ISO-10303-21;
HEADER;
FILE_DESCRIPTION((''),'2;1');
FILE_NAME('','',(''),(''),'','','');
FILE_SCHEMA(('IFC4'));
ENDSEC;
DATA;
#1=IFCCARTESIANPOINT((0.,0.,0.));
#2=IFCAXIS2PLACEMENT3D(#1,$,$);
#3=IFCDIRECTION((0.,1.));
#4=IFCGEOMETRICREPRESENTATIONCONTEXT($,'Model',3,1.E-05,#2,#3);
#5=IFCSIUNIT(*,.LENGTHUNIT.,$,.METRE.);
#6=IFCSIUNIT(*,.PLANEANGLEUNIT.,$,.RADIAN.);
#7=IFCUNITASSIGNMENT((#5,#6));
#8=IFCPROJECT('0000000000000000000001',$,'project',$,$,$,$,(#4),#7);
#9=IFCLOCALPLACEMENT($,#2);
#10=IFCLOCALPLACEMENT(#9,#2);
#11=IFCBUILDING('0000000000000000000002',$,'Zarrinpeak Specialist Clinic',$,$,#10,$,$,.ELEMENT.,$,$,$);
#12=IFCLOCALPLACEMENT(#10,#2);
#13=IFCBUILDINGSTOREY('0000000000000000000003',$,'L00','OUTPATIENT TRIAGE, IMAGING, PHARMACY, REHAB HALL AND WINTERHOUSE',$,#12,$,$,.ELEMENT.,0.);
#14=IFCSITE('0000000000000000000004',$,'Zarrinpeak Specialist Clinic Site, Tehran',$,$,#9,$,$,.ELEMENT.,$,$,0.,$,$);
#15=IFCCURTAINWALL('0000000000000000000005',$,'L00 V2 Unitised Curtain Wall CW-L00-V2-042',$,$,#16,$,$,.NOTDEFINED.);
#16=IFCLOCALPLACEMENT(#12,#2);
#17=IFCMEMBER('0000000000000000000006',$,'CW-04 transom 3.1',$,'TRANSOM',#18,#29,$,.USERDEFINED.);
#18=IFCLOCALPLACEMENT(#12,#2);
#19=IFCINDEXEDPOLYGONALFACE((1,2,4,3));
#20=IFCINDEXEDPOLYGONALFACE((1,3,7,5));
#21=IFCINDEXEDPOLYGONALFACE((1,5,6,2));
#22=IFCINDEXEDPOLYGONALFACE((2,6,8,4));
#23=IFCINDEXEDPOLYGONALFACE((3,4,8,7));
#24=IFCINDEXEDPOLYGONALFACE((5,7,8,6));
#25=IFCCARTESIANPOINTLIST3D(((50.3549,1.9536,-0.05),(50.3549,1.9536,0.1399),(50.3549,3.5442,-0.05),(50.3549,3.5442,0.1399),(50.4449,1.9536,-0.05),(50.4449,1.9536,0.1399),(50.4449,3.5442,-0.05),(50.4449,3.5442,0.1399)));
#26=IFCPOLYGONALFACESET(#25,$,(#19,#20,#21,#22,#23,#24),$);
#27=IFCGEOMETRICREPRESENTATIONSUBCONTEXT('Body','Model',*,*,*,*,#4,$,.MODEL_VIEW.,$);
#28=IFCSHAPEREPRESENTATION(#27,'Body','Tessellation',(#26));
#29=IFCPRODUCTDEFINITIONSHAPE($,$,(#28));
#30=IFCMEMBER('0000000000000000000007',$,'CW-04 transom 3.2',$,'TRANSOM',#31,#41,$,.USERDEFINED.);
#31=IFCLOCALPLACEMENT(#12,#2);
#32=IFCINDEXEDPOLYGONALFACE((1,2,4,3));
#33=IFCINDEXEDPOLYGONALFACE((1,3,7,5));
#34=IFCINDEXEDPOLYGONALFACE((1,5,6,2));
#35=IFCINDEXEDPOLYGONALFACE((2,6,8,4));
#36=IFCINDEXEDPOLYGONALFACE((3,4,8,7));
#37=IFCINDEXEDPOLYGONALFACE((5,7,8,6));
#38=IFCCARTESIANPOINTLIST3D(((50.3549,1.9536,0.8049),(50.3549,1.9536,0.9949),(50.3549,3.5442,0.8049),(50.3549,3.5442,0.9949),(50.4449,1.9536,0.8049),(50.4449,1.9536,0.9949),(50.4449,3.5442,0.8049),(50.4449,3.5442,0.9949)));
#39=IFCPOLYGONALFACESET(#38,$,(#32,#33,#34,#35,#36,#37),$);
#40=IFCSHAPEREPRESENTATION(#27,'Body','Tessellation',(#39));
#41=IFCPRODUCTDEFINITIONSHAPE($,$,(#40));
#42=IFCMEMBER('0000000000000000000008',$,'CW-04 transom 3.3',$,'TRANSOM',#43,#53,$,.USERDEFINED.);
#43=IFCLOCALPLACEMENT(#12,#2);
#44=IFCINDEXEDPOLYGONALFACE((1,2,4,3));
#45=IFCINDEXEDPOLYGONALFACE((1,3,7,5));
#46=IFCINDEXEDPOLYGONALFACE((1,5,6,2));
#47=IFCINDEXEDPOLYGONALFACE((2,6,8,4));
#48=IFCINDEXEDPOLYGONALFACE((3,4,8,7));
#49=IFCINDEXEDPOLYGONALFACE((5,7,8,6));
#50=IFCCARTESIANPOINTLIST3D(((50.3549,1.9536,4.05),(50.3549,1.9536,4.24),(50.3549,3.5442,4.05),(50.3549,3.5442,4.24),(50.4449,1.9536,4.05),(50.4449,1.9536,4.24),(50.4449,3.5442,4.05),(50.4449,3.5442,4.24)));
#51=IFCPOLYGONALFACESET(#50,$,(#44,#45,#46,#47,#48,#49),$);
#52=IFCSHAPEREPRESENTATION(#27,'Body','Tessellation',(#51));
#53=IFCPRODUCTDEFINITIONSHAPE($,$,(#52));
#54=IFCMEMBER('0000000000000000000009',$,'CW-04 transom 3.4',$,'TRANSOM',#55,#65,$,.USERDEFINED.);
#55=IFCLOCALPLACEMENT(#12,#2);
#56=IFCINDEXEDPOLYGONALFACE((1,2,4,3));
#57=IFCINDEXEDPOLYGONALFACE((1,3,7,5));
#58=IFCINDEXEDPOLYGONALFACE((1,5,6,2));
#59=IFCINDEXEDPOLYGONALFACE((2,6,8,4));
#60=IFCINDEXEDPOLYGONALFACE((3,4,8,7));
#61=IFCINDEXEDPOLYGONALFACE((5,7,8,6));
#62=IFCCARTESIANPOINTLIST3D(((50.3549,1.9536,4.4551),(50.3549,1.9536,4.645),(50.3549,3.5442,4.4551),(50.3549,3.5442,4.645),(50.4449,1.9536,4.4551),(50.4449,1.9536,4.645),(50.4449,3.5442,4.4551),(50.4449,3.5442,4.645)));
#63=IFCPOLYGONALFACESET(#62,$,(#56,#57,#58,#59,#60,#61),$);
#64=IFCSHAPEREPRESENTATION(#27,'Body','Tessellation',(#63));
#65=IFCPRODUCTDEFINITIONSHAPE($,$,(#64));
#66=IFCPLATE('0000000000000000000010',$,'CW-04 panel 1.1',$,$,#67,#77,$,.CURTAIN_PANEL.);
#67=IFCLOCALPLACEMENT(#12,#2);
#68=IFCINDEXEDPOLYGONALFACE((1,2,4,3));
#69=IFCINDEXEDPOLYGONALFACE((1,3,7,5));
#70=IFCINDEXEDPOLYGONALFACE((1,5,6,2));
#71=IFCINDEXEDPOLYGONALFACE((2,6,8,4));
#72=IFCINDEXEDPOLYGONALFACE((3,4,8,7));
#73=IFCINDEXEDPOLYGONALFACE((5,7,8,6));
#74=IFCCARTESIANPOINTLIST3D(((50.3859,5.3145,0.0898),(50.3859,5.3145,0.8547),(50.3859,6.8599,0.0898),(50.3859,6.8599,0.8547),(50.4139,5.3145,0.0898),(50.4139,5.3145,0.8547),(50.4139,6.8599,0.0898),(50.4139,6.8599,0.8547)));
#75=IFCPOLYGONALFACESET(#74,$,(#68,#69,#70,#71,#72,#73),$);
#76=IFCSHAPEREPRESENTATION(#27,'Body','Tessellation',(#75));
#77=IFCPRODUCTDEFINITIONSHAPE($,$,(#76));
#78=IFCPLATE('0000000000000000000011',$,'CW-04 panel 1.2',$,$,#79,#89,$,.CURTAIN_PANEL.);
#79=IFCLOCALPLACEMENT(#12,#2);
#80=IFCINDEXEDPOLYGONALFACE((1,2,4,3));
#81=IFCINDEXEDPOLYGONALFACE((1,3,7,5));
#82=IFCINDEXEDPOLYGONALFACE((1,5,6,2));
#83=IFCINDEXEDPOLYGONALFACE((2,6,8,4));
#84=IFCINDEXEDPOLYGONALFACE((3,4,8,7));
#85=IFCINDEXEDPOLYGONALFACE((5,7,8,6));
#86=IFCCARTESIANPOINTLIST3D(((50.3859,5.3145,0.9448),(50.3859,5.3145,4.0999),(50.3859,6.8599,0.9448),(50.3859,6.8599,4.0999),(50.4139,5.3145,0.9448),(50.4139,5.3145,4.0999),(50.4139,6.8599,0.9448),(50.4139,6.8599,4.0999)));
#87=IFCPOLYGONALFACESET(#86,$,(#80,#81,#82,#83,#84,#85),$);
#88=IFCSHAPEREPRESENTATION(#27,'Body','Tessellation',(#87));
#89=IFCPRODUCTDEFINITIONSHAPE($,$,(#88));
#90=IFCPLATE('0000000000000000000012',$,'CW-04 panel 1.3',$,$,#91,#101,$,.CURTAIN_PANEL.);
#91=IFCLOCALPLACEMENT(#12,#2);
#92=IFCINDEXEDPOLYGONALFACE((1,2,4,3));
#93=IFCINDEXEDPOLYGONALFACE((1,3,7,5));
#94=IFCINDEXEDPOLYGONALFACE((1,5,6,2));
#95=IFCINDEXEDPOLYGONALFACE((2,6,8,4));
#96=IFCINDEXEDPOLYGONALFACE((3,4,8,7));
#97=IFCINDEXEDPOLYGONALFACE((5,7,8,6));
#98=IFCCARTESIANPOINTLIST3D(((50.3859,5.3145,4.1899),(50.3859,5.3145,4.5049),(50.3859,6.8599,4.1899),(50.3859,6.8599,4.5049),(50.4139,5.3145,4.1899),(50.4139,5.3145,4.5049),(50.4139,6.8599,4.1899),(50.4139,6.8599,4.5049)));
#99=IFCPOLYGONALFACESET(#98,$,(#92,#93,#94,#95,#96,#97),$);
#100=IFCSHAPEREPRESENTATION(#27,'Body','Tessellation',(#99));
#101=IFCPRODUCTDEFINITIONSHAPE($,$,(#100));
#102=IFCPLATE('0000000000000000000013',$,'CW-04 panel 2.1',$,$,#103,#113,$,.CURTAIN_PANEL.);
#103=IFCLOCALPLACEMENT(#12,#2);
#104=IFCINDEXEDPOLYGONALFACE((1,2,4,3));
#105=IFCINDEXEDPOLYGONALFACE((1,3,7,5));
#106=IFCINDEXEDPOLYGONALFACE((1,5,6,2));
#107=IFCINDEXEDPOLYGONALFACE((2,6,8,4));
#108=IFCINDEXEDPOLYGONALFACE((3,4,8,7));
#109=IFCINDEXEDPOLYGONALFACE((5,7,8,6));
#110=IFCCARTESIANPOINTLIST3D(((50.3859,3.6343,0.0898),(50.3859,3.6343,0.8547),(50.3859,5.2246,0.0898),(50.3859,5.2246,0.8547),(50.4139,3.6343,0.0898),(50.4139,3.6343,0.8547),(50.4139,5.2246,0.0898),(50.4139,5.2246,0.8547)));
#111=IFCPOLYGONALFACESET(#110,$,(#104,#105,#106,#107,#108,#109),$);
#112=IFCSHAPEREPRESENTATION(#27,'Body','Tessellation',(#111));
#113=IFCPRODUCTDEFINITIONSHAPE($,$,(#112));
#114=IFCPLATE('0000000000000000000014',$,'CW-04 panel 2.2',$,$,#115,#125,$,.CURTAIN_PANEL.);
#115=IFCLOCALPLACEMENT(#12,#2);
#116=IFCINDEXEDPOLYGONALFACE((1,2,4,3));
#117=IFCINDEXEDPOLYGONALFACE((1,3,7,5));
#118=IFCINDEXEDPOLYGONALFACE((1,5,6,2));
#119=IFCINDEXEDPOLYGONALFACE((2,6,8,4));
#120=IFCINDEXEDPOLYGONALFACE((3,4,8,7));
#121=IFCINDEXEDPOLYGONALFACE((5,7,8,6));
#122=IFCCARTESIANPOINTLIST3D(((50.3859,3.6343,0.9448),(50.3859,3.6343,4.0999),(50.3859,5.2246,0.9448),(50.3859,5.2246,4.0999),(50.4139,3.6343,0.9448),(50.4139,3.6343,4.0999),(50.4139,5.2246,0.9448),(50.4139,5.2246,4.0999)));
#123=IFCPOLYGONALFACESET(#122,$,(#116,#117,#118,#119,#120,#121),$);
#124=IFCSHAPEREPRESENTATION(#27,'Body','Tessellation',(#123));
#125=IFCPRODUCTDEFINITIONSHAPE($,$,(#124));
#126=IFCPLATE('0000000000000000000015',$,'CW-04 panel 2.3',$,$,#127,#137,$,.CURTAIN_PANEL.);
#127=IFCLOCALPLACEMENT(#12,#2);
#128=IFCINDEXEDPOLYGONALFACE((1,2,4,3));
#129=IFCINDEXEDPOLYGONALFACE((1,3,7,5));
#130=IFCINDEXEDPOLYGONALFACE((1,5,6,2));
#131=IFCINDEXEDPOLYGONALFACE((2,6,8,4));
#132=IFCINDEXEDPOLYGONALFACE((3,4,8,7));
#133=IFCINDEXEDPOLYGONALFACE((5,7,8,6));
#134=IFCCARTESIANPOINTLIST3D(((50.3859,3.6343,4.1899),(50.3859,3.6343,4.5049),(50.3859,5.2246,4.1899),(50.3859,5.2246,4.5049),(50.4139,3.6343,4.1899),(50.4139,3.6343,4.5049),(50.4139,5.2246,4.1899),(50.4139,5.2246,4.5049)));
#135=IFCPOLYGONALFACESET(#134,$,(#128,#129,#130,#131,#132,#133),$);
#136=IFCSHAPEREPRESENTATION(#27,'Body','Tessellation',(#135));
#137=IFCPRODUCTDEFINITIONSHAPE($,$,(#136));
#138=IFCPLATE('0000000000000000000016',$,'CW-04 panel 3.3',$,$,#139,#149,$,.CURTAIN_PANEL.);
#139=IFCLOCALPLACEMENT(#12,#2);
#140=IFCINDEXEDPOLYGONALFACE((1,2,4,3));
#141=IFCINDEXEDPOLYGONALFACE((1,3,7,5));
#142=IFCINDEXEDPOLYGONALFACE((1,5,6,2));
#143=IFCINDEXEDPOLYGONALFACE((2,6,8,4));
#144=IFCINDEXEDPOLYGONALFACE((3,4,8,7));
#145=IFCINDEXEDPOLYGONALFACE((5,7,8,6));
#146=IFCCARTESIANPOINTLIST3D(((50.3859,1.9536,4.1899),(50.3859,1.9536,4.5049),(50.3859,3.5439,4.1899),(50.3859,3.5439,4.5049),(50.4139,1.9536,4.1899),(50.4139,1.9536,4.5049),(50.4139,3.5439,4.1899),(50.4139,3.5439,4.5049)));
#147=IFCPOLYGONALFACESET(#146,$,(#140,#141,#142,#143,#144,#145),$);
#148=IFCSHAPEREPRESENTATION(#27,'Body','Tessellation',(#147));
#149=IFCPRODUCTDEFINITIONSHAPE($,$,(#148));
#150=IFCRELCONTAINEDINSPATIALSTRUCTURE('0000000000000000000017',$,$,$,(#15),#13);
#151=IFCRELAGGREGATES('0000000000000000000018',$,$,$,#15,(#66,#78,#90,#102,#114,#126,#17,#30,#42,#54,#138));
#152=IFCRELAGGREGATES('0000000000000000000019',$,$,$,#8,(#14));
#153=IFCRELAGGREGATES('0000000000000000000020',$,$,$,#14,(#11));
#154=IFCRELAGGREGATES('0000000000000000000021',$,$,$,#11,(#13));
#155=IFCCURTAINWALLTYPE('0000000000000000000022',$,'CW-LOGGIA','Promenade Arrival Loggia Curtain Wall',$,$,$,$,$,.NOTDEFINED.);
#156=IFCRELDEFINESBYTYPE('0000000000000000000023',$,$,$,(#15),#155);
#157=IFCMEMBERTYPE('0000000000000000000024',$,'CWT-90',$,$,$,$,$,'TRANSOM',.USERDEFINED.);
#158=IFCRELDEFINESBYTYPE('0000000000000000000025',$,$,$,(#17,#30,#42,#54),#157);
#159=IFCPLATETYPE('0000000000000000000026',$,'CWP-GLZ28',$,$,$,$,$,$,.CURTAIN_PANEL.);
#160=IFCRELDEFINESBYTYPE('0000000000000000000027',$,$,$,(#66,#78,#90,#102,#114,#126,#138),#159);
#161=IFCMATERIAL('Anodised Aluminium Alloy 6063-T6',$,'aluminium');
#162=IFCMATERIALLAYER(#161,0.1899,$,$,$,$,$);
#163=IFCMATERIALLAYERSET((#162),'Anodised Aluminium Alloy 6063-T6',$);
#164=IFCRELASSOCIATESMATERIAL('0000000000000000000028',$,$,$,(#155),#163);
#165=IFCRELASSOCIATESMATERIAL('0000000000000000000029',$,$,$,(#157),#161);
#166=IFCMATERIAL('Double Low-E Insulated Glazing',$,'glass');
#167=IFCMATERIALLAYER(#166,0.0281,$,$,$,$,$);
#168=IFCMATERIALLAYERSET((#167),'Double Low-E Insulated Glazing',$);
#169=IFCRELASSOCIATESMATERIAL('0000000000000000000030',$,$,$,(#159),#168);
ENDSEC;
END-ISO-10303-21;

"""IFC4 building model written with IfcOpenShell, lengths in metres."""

from ifc_helpers import new_model, si_unit, direction, frame, origin, origin_2d, place, context, subcontext, project, spatial, rectangle, extrude, material, layer, layer_set, material_profile, profile_set, type_object, element, aggregate, save


model = new_model("IFC4")

# Units and contexts
model_context = context("Model", 3, precision=1e-05, world=origin(), true_north=direction((0.0, 1.0)))
body_context = subcontext(model_context, "Body", "Model", "MODEL_VIEW")
ifc_project = project(units=[si_unit("LENGTHUNIT", "METRE"), si_unit("PLANEANGLEUNIT", "RADIAN")], contexts=[model_context])

# Site, building, storey
site_placement = place(None, origin())
site = spatial("IfcSite", under=ifc_project, at=site_placement, Name="Zarrinpeak Specialist Clinic Site, Tehran", CompositionType="ELEMENT", RefElevation=0.0)
building_placement = place(site_placement, origin())
building = spatial("IfcBuilding", under=site, at=building_placement, Name="Zarrinpeak Specialist Clinic", CompositionType="ELEMENT")
storey_placement = place(building_placement, origin())
storey = spatial("IfcBuildingStorey", under=building, at=storey_placement, Name="L00", Description="OUTPATIENT TRIAGE, IMAGING, PHARMACY, REHAB HALL AND WINTERHOUSE", CompositionType="ELEMENT", Elevation=0.0)

# Curtain wall, members, plates
ifc_material_1 = material(Name="Anodised Aluminium Alloy 6063-T6", Category="aluminium")
ifc_layer_1 = layer(ifc_material_1, 0.1899)
ifc_layer_set_1 = layer_set([ifc_layer_1], Name="Anodised Aluminium Alloy 6063-T6")
curtain_wall_type = type_object("IfcCurtainWallType", Name="CW-LOGGIA", Description="Promenade Arrival Loggia Curtain Wall", PredefinedType="NOTDEFINED", material=ifc_layer_set_1)
curtain_wall_placement = place(storey_placement, origin())
curtain_wall = element("IfcCurtainWall", 1, at=curtain_wall_placement, inside=storey, type_object=curtain_wall_type, Name="L00 V2 Unitised Curtain Wall CW-L00-V2-042", PredefinedType="NOTDEFINED")
ifc_material_profile_1 = material_profile(ifc_material_1, rectangle(XDim=0.0901, YDim=0.1899, at=origin_2d()), Name="ALU 90x190")
ifc_profile_set_1 = profile_set([ifc_material_profile_1], Name="Anodised Aluminium Alloy 6063-T6")
member_type_1 = type_object("IfcMemberType", Name="CWT-90", ElementType="TRANSOM", PredefinedType="USERDEFINED", material=ifc_profile_set_1)
member_1_placement = place(storey_placement, frame((50.3999, 3.5442, 0.0449), z_axis=(0.0, -1.0, 0.0), x_axis=(1.0, 0.0, 0.0)))
member_1 = element("IfcMember", 2, at=member_1_placement, type_object=member_type_1, Name="CW-04 transom 3.1", ObjectType="TRANSOM", PredefinedType="USERDEFINED", context=body_context, shape_type="SweptSolid", body=[
    extrude(rectangle(XDim=0.0901, YDim=0.1899, at=origin_2d()), origin(), (0.0, 0.0, 1.0), 1.5906),
])
member_2_placement = place(storey_placement, frame((50.3999, 3.5442, 0.8999), z_axis=(0.0, -1.0, 0.0), x_axis=(1.0, 0.0, 0.0)))
member_2 = element("IfcMember", 3, at=member_2_placement, type_object=member_type_1, Name="CW-04 transom 3.2", ObjectType="TRANSOM", PredefinedType="USERDEFINED", context=body_context, shape_type="SweptSolid", body=[
    extrude(rectangle(XDim=0.0901, YDim=0.1899, at=origin_2d()), origin(), (0.0, 0.0, 1.0), 1.5906),
])
member_3_placement = place(storey_placement, frame((50.3999, 3.5442, 4.145), z_axis=(0.0, -1.0, 0.0), x_axis=(1.0, 0.0, 0.0)))
member_3 = element("IfcMember", 4, at=member_3_placement, type_object=member_type_1, Name="CW-04 transom 3.3", ObjectType="TRANSOM", PredefinedType="USERDEFINED", context=body_context, shape_type="SweptSolid", body=[
    extrude(rectangle(XDim=0.0901, YDim=0.1899, at=origin_2d()), origin(), (0.0, 0.0, 1.0), 1.5906),
])
member_4_placement = place(storey_placement, frame((50.3999, 3.5442, 4.55), z_axis=(0.0, -1.0, 0.0), x_axis=(1.0, 0.0, 0.0)))
member_4 = element("IfcMember", 5, at=member_4_placement, type_object=member_type_1, Name="CW-04 transom 3.4", ObjectType="TRANSOM", PredefinedType="USERDEFINED", context=body_context, shape_type="SweptSolid", body=[
    extrude(rectangle(XDim=0.0901, YDim=0.1899, at=origin_2d()), origin(), (0.0, 0.0, 1.0), 1.5906),
])
ifc_material_2 = material(Name="Double Low-E Insulated Glazing", Category="glass")
ifc_layer_2 = layer(ifc_material_2, 0.0281)
ifc_layer_set_2 = layer_set([ifc_layer_2], Name="Double Low-E Insulated Glazing")
plate_type = type_object("IfcPlateType", Name="CWP-GLZ28", PredefinedType="CURTAIN_PANEL", material=ifc_layer_set_2)
plate_1_placement = place(storey_placement, frame((50.3999, 6.0872, 0.0898), z_axis=(0.0, 0.0, 1.0), x_axis=(0.0, -1.0, 0.0)))
plate_1 = element("IfcPlate", 6, at=plate_1_placement, type_object=plate_type, Name="CW-04 panel 1.1", PredefinedType="CURTAIN_PANEL", context=body_context, shape_type="SweptSolid", body=[
    extrude(rectangle(XDim=1.5454, YDim=0.0281, at=origin_2d()), origin(), (0.0, 0.0, 1.0), 0.7649),
])
plate_2_placement = place(storey_placement, frame((50.3999, 6.0872, 0.9448), z_axis=(0.0, 0.0, 1.0), x_axis=(0.0, -1.0, 0.0)))
plate_2 = element("IfcPlate", 7, at=plate_2_placement, type_object=plate_type, Name="CW-04 panel 1.2", PredefinedType="CURTAIN_PANEL", context=body_context, shape_type="SweptSolid", body=[
    extrude(rectangle(XDim=1.5454, YDim=0.0281, at=origin_2d()), origin(), (0.0, 0.0, 1.0), 3.155),
])
plate_3_placement = place(storey_placement, frame((50.3999, 6.0872, 4.1899), z_axis=(0.0, 0.0, 1.0), x_axis=(0.0, -1.0, 0.0)))
plate_3 = element("IfcPlate", 8, at=plate_3_placement, type_object=plate_type, Name="CW-04 panel 1.3", PredefinedType="CURTAIN_PANEL", context=body_context, shape_type="SweptSolid", body=[
    extrude(rectangle(XDim=1.5454, YDim=0.0281, at=origin_2d()), origin(), (0.0, 0.0, 1.0), 0.3149),
])
plate_4_placement = place(storey_placement, frame((50.3999, 4.4294, 0.0898), z_axis=(0.0, 0.0, 1.0), x_axis=(0.0, -1.0, 0.0)))
plate_4 = element("IfcPlate", 9, at=plate_4_placement, type_object=plate_type, Name="CW-04 panel 2.1", PredefinedType="CURTAIN_PANEL", context=body_context, shape_type="SweptSolid", body=[
    extrude(rectangle(XDim=1.5903, YDim=0.0281, at=origin_2d()), origin(), (0.0, 0.0, 1.0), 0.7649),
])
plate_5_placement = place(storey_placement, frame((50.3999, 4.4294, 0.9448), z_axis=(0.0, 0.0, 1.0), x_axis=(0.0, -1.0, 0.0)))
plate_5 = element("IfcPlate", 10, at=plate_5_placement, type_object=plate_type, Name="CW-04 panel 2.2", PredefinedType="CURTAIN_PANEL", context=body_context, shape_type="SweptSolid", body=[
    extrude(rectangle(XDim=1.5903, YDim=0.0281, at=origin_2d()), origin(), (0.0, 0.0, 1.0), 3.155),
])
plate_6_placement = place(storey_placement, frame((50.3999, 4.4294, 4.1899), z_axis=(0.0, 0.0, 1.0), x_axis=(0.0, -1.0, 0.0)))
plate_6 = element("IfcPlate", 11, at=plate_6_placement, type_object=plate_type, Name="CW-04 panel 2.3", PredefinedType="CURTAIN_PANEL", context=body_context, shape_type="SweptSolid", body=[
    extrude(rectangle(XDim=1.5903, YDim=0.0281, at=origin_2d()), origin(), (0.0, 0.0, 1.0), 0.3149),
])
plate_7_placement = place(storey_placement, frame((50.3999, 2.7488, 4.1899), z_axis=(0.0, 0.0, 1.0), x_axis=(0.0, -1.0, 0.0)))
plate_7 = element("IfcPlate", 12, at=plate_7_placement, type_object=plate_type, Name="CW-04 panel 3.3", PredefinedType="CURTAIN_PANEL", context=body_context, shape_type="SweptSolid", body=[
    extrude(rectangle(XDim=1.5903, YDim=0.0281, at=origin_2d()), origin(), (0.0, 0.0, 1.0), 0.3149),
])
aggregate(curtain_wall, [plate_1, plate_2, plate_3, plate_4, plate_5, plate_6, member_1, member_2, member_3, member_4, plate_7])

save(model, "model.ifc")
